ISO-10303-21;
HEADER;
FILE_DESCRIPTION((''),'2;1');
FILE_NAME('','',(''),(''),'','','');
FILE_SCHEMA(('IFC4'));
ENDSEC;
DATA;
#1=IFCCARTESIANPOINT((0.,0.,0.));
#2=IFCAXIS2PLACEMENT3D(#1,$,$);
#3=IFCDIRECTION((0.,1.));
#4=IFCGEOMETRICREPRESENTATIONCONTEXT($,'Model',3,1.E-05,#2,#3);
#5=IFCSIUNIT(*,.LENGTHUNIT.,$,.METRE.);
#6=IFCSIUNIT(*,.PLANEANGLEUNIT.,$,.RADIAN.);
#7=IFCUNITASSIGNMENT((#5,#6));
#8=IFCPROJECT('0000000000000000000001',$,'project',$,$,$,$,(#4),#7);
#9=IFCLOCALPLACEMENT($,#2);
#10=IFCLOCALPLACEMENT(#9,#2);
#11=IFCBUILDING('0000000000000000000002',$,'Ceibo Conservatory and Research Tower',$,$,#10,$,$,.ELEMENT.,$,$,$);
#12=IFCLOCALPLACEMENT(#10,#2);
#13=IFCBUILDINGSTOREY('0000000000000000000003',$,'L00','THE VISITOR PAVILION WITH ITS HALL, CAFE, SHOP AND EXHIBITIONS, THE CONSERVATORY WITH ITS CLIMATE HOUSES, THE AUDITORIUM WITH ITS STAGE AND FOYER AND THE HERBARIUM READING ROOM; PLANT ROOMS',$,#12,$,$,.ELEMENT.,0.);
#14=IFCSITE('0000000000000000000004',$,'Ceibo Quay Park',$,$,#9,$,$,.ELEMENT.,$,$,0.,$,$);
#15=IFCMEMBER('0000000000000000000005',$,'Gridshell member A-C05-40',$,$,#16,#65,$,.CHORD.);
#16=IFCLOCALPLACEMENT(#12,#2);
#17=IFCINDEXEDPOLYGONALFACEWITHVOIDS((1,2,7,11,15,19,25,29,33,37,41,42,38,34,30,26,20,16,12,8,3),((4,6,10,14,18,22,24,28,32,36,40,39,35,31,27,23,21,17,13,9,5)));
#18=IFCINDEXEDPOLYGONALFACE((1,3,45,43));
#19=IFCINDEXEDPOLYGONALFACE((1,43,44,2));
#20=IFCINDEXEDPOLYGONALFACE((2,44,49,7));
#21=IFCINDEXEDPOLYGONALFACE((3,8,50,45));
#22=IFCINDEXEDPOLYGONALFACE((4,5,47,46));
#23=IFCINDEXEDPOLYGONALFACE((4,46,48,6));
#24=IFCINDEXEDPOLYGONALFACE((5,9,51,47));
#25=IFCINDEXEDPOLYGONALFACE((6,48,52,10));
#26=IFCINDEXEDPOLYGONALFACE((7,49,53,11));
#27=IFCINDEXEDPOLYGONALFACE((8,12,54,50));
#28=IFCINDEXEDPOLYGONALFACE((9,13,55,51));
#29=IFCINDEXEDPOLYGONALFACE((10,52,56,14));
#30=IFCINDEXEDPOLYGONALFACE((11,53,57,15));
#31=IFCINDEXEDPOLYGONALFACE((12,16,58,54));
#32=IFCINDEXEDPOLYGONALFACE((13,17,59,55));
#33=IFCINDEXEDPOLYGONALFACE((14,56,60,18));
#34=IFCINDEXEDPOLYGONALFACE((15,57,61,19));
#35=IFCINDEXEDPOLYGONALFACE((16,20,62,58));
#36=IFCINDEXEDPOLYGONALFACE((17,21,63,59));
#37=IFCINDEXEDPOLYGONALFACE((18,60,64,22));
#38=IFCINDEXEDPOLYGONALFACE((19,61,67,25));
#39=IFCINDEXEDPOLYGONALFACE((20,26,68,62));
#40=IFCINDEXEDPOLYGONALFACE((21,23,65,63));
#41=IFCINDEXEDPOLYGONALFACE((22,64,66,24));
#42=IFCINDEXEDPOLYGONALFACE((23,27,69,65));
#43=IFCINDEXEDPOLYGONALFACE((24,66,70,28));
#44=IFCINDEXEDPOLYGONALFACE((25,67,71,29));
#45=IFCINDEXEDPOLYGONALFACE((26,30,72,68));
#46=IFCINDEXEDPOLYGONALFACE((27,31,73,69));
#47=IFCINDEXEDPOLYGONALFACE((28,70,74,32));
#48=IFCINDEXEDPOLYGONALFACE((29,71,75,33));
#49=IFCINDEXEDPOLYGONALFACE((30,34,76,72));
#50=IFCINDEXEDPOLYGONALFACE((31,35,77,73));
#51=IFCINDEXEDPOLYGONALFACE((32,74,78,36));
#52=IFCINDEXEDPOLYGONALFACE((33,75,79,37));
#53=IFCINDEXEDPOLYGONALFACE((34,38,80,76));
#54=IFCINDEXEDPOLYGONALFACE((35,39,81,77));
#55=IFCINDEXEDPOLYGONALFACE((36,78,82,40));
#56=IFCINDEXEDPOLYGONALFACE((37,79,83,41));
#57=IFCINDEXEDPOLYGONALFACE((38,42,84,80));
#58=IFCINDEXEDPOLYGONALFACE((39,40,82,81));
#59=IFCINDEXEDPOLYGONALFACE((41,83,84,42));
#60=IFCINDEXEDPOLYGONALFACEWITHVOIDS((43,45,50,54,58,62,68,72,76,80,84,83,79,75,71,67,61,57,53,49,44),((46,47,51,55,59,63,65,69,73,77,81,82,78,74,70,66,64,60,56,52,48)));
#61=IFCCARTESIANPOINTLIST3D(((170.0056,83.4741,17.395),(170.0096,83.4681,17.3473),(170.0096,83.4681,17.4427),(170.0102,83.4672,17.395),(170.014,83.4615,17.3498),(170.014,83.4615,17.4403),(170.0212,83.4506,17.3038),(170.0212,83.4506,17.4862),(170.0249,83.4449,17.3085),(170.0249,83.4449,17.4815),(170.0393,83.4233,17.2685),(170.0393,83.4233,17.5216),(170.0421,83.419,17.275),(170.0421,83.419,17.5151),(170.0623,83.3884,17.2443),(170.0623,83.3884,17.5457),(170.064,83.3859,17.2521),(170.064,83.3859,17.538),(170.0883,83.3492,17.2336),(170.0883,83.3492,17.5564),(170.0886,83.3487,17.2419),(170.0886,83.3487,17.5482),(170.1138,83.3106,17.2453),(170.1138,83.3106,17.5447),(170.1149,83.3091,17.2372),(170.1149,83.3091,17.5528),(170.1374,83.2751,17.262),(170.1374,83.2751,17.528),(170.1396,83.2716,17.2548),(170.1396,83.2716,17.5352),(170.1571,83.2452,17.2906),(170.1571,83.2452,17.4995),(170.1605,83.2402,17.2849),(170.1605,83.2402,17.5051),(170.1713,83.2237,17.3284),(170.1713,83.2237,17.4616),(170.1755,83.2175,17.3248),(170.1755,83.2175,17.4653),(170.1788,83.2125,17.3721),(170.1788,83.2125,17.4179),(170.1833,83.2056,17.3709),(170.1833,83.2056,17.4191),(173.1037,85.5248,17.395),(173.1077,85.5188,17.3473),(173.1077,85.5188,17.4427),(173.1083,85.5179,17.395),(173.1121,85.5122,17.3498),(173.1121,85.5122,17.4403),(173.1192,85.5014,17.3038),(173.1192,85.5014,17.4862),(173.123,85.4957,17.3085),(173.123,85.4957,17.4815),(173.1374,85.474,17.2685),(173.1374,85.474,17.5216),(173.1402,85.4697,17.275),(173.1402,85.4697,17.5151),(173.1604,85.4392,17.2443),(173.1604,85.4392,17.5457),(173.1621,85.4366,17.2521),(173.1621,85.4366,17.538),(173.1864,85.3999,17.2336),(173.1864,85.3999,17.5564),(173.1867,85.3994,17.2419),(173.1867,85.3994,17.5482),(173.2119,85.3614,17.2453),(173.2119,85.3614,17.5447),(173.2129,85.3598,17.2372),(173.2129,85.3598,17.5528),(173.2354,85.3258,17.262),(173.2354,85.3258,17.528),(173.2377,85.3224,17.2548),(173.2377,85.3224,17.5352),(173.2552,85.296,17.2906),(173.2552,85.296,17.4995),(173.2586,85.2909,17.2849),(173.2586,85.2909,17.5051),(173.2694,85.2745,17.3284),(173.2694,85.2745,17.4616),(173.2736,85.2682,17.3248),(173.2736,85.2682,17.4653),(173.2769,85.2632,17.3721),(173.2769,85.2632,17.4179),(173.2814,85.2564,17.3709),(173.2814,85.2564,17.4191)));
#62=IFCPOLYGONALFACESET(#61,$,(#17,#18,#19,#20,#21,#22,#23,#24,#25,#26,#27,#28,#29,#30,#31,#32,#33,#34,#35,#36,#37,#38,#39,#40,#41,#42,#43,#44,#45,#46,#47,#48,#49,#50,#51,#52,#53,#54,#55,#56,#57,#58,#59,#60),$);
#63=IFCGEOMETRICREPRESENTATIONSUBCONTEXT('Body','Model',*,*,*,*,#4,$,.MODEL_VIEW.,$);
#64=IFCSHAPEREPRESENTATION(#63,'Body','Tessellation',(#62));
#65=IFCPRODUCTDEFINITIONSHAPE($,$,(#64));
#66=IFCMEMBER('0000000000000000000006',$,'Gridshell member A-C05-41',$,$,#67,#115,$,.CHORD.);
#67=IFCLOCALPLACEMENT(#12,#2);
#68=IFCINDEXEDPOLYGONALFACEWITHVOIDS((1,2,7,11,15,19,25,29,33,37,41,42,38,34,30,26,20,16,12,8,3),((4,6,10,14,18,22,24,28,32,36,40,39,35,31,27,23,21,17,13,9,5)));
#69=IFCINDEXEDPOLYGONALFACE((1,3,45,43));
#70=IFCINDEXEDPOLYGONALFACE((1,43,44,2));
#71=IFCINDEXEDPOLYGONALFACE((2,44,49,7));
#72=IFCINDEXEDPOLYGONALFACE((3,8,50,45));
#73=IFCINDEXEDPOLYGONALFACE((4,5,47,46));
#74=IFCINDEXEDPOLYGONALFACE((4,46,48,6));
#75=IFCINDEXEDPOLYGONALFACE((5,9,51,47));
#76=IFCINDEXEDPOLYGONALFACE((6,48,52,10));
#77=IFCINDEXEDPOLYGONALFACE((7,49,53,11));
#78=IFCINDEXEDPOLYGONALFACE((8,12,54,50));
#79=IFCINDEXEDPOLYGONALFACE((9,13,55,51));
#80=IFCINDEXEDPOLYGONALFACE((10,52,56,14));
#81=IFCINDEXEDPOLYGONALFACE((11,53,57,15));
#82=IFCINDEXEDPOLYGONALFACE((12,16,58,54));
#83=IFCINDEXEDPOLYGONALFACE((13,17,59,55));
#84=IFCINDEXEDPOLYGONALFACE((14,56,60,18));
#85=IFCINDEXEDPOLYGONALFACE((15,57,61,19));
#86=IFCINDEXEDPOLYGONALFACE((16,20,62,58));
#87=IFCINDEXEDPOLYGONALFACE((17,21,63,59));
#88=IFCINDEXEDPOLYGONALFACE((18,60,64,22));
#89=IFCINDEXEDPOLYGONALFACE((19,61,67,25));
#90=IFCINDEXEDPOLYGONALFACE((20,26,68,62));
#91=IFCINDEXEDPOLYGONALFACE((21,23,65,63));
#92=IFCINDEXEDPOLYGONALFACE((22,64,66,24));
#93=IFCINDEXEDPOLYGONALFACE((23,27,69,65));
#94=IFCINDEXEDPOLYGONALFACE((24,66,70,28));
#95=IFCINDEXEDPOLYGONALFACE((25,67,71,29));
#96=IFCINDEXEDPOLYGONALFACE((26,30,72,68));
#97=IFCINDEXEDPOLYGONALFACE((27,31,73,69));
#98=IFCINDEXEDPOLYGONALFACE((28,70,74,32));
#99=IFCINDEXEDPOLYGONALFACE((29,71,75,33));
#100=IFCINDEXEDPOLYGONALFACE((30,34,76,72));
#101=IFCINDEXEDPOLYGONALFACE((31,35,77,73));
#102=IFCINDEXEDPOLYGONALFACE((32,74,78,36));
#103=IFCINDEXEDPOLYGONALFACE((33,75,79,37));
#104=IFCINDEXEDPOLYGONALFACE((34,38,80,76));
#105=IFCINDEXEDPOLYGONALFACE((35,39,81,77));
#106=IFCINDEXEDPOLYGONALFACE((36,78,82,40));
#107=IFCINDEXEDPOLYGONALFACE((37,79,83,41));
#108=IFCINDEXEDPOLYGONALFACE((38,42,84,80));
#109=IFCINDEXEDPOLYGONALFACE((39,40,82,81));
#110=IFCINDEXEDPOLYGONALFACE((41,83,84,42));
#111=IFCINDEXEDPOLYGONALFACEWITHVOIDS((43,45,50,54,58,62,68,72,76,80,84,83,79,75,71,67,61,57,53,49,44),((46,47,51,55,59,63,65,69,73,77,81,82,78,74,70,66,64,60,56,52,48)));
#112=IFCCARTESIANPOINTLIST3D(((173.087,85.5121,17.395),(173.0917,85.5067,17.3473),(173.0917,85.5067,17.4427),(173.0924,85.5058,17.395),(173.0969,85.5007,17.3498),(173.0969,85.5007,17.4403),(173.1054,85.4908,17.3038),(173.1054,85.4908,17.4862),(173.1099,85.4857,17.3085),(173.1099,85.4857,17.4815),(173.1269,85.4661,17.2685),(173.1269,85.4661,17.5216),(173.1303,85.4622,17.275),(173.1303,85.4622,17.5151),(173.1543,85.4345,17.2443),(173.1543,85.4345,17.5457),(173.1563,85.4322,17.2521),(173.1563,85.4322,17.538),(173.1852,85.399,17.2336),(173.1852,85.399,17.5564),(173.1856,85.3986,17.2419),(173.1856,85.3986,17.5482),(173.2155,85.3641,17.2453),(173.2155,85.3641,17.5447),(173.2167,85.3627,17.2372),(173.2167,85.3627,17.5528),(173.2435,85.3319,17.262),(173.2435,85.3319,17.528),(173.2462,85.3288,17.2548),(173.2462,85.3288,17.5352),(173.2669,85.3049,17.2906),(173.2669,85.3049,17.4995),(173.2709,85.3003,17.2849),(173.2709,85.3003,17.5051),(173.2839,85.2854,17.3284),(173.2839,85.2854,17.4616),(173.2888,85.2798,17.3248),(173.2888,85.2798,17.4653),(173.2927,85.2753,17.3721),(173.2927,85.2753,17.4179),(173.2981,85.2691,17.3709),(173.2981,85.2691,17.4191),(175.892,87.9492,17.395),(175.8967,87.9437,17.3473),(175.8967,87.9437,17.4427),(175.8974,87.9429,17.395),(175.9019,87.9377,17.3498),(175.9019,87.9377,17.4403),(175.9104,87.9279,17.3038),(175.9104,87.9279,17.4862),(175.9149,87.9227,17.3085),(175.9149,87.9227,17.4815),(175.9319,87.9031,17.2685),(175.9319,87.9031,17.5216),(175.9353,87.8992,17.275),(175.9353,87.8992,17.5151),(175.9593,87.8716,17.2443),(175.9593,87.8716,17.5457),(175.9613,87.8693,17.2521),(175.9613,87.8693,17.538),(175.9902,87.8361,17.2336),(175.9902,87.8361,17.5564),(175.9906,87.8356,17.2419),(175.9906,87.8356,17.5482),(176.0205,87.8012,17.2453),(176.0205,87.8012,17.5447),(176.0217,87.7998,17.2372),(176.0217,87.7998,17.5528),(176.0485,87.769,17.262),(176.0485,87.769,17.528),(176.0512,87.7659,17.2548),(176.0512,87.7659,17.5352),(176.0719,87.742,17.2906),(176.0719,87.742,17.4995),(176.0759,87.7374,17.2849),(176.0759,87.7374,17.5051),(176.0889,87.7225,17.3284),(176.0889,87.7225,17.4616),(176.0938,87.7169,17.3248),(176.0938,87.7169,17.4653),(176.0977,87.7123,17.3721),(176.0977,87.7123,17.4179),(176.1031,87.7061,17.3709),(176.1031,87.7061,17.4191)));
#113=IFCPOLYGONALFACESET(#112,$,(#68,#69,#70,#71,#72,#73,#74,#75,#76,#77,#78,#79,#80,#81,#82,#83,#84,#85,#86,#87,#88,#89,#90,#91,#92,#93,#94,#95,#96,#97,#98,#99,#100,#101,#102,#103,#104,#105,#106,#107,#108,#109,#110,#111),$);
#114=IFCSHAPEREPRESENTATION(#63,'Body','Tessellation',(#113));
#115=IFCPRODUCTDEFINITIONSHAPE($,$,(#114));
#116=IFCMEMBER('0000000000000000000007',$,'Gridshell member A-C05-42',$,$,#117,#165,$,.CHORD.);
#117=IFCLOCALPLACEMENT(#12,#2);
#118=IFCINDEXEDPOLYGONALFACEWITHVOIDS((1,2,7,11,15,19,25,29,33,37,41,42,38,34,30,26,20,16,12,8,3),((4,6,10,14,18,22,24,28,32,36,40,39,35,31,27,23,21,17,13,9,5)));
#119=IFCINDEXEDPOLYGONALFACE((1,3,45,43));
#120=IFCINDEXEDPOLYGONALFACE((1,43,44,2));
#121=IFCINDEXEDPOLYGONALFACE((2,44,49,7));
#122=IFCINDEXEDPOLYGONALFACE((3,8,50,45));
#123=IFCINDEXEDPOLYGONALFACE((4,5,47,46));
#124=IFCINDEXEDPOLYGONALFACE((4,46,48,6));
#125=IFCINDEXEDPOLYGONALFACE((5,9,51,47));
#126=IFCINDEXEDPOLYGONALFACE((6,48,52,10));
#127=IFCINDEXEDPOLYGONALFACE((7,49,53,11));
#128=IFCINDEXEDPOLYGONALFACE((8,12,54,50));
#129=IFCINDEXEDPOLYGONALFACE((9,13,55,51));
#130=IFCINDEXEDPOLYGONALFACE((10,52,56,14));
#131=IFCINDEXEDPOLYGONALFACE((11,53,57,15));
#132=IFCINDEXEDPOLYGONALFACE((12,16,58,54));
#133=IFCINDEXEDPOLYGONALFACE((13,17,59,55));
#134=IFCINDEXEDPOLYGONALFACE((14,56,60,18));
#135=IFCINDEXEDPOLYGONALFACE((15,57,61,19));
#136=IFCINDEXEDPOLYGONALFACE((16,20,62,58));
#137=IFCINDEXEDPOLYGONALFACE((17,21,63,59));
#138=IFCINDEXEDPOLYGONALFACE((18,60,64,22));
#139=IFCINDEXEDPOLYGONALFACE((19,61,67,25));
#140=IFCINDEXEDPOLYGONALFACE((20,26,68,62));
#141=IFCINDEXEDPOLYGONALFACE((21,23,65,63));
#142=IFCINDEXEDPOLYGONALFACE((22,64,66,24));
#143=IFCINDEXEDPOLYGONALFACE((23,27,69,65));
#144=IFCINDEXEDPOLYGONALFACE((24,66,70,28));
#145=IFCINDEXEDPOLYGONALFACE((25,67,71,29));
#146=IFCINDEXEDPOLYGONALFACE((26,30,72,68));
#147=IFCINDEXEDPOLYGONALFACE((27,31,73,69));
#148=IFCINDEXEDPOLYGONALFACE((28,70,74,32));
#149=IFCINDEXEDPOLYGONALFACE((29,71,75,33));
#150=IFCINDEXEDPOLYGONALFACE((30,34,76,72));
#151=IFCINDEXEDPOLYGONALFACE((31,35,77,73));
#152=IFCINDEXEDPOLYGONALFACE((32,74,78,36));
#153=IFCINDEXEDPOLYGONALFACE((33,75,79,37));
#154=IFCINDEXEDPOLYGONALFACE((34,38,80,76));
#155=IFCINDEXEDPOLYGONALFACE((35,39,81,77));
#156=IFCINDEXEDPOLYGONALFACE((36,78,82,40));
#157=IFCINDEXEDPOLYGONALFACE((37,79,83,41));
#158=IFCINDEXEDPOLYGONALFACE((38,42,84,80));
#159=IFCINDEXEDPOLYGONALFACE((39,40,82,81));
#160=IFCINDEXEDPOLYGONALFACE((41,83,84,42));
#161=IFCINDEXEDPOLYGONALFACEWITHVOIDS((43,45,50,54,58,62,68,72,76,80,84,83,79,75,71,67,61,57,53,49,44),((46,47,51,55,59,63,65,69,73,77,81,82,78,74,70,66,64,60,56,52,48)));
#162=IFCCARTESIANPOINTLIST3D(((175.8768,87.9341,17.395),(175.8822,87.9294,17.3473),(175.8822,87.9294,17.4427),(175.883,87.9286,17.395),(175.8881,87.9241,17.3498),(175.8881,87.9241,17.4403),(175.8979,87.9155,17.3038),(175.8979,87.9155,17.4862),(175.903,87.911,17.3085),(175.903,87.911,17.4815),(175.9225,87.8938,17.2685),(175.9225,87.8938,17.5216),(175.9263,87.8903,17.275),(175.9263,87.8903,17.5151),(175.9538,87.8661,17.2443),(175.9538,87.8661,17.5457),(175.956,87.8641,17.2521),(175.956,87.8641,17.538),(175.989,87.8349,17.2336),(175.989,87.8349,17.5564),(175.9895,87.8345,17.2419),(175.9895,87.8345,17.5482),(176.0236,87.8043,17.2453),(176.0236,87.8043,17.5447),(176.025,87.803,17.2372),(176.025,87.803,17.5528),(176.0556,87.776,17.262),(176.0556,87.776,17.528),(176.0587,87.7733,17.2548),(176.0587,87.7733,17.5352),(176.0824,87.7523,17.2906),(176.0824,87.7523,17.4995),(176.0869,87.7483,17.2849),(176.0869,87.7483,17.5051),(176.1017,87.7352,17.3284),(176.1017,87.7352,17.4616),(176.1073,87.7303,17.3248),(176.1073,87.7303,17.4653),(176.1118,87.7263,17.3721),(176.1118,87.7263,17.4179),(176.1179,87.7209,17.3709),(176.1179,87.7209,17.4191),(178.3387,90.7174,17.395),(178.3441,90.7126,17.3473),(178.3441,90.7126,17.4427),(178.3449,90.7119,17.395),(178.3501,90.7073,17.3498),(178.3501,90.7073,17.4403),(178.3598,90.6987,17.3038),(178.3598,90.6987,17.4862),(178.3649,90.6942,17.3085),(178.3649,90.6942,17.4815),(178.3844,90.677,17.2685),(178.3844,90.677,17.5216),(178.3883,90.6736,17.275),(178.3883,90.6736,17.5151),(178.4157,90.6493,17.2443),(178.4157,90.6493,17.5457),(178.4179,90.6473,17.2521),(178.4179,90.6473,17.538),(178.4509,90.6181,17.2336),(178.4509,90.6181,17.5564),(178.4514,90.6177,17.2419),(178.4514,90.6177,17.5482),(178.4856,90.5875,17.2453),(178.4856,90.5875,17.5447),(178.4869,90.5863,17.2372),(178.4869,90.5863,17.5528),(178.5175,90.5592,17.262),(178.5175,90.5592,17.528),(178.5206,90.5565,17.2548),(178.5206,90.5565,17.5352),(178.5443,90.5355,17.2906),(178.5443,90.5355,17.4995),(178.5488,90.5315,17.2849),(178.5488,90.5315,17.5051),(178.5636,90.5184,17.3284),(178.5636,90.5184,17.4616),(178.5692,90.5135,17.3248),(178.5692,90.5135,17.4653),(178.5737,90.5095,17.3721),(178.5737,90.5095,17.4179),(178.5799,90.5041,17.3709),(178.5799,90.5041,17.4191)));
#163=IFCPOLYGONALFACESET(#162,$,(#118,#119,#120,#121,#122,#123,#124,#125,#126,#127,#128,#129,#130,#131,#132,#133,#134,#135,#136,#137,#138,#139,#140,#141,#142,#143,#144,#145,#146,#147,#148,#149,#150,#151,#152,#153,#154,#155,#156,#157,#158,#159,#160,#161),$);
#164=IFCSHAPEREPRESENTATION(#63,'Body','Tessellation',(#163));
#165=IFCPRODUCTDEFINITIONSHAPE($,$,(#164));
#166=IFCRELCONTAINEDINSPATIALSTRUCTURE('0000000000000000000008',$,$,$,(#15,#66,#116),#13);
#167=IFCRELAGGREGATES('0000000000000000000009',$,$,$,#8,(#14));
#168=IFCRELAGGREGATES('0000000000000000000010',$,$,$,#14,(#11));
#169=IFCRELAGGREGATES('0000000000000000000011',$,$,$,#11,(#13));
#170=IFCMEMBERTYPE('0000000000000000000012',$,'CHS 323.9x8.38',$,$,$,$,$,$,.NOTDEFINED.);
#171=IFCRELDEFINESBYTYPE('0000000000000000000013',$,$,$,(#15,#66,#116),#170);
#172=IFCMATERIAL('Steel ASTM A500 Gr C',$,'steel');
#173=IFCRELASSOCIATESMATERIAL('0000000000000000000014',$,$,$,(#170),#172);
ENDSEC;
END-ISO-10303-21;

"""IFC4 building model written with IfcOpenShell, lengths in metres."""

from ifc_helpers import new_model, si_unit, direction, frame, origin, origin_2d, place, context, subcontext, project, spatial, hollow_circle, extrude, material, material_profile, profile_set, type_object, element, save


model = new_model("IFC4")

# Units and contexts
model_context = context("Model", 3, precision=1e-05, world=origin(), true_north=direction((0.0, 1.0)))
body_context = subcontext(model_context, "Body", "Model", "MODEL_VIEW")
ifc_project = project(units=[si_unit("LENGTHUNIT", "METRE"), si_unit("PLANEANGLEUNIT", "RADIAN")], contexts=[model_context])

# Site, building, storey
site_placement = place(None, origin())
site = spatial("IfcSite", under=ifc_project, at=site_placement, Name="Ceibo Quay Park", CompositionType="ELEMENT", RefElevation=0.0)
building_placement = place(site_placement, origin())
building = spatial("IfcBuilding", under=site, at=building_placement, Name="Ceibo Conservatory and Research Tower", CompositionType="ELEMENT")
storey_placement = place(building_placement, origin())
storey = spatial("IfcBuildingStorey", under=building, at=storey_placement, Name="L00", Description="THE VISITOR PAVILION WITH ITS HALL, CAFE, SHOP AND EXHIBITIONS, THE CONSERVATORY WITH ITS CLIMATE HOUSES, THE AUDITORIUM WITH ITS STAGE AND FOYER AND THE HERBARIUM READING ROOM; PLANT ROOMS", CompositionType="ELEMENT", Elevation=0.0)

# Members
ifc_material_1 = material(Name="Steel ASTM A500 Gr C", Category="steel")
ifc_material_profile_1 = material_profile(ifc_material_1, hollow_circle(Radius=0.1619, WallThickness=0.0083, at=origin_2d()), Name="CHS 323.9x8.38")
ifc_profile_set_1 = profile_set([ifc_material_profile_1], Name="Steel ASTM A500 Gr C")
member_type_1 = type_object("IfcMemberType", Name="CHS 323.9x8.38", PredefinedType="NOTDEFINED", material=ifc_profile_set_1)
member_1_placement = place(storey_placement, frame((170.095, 83.3391, 17.395), z_axis=(0.833865, 0.551968, 0.0), x_axis=(-0.551968, 0.833865, 0.0)))
element("IfcMember", 1, at=member_1_placement, inside=storey, type_object=member_type_1, Name="Gridshell member A-C05-40", PredefinedType="CHORD", context=body_context, shape_type="SweptSolid", body=[
    extrude(hollow_circle(Radius=0.1619, WallThickness=0.0083, at=origin_2d()), origin(), (0.0, 0.0, 1.0), 3.7153),
])
for number, where, z_axis, x_axis, name in (
    (2, (173.1931, 85.3899, 17.395), (0.75488, 0.655863, 0.0), (-0.655863, 0.75488, 0.0), "Gridshell member A-C05-41"),
    (3, (175.998, 87.8269, 17.395), (0.662551, 0.749017, 0.0), (-0.749017, 0.662551, 0.0), "Gridshell member A-C05-42"),
):
    element("IfcMember", number, at=place(storey_placement, frame(where, z_axis=z_axis, x_axis=x_axis)), inside=storey, type_object=member_type_1, Name=name, PredefinedType="CHORD", context=body_context, shape_type="SweptSolid", body=[
        extrude(hollow_circle(Radius=0.1619, WallThickness=0.0083, at=origin_2d()), origin(), (0.0, 0.0, 1.0), 3.7158),
    ])

save(model, "model.ifc")
